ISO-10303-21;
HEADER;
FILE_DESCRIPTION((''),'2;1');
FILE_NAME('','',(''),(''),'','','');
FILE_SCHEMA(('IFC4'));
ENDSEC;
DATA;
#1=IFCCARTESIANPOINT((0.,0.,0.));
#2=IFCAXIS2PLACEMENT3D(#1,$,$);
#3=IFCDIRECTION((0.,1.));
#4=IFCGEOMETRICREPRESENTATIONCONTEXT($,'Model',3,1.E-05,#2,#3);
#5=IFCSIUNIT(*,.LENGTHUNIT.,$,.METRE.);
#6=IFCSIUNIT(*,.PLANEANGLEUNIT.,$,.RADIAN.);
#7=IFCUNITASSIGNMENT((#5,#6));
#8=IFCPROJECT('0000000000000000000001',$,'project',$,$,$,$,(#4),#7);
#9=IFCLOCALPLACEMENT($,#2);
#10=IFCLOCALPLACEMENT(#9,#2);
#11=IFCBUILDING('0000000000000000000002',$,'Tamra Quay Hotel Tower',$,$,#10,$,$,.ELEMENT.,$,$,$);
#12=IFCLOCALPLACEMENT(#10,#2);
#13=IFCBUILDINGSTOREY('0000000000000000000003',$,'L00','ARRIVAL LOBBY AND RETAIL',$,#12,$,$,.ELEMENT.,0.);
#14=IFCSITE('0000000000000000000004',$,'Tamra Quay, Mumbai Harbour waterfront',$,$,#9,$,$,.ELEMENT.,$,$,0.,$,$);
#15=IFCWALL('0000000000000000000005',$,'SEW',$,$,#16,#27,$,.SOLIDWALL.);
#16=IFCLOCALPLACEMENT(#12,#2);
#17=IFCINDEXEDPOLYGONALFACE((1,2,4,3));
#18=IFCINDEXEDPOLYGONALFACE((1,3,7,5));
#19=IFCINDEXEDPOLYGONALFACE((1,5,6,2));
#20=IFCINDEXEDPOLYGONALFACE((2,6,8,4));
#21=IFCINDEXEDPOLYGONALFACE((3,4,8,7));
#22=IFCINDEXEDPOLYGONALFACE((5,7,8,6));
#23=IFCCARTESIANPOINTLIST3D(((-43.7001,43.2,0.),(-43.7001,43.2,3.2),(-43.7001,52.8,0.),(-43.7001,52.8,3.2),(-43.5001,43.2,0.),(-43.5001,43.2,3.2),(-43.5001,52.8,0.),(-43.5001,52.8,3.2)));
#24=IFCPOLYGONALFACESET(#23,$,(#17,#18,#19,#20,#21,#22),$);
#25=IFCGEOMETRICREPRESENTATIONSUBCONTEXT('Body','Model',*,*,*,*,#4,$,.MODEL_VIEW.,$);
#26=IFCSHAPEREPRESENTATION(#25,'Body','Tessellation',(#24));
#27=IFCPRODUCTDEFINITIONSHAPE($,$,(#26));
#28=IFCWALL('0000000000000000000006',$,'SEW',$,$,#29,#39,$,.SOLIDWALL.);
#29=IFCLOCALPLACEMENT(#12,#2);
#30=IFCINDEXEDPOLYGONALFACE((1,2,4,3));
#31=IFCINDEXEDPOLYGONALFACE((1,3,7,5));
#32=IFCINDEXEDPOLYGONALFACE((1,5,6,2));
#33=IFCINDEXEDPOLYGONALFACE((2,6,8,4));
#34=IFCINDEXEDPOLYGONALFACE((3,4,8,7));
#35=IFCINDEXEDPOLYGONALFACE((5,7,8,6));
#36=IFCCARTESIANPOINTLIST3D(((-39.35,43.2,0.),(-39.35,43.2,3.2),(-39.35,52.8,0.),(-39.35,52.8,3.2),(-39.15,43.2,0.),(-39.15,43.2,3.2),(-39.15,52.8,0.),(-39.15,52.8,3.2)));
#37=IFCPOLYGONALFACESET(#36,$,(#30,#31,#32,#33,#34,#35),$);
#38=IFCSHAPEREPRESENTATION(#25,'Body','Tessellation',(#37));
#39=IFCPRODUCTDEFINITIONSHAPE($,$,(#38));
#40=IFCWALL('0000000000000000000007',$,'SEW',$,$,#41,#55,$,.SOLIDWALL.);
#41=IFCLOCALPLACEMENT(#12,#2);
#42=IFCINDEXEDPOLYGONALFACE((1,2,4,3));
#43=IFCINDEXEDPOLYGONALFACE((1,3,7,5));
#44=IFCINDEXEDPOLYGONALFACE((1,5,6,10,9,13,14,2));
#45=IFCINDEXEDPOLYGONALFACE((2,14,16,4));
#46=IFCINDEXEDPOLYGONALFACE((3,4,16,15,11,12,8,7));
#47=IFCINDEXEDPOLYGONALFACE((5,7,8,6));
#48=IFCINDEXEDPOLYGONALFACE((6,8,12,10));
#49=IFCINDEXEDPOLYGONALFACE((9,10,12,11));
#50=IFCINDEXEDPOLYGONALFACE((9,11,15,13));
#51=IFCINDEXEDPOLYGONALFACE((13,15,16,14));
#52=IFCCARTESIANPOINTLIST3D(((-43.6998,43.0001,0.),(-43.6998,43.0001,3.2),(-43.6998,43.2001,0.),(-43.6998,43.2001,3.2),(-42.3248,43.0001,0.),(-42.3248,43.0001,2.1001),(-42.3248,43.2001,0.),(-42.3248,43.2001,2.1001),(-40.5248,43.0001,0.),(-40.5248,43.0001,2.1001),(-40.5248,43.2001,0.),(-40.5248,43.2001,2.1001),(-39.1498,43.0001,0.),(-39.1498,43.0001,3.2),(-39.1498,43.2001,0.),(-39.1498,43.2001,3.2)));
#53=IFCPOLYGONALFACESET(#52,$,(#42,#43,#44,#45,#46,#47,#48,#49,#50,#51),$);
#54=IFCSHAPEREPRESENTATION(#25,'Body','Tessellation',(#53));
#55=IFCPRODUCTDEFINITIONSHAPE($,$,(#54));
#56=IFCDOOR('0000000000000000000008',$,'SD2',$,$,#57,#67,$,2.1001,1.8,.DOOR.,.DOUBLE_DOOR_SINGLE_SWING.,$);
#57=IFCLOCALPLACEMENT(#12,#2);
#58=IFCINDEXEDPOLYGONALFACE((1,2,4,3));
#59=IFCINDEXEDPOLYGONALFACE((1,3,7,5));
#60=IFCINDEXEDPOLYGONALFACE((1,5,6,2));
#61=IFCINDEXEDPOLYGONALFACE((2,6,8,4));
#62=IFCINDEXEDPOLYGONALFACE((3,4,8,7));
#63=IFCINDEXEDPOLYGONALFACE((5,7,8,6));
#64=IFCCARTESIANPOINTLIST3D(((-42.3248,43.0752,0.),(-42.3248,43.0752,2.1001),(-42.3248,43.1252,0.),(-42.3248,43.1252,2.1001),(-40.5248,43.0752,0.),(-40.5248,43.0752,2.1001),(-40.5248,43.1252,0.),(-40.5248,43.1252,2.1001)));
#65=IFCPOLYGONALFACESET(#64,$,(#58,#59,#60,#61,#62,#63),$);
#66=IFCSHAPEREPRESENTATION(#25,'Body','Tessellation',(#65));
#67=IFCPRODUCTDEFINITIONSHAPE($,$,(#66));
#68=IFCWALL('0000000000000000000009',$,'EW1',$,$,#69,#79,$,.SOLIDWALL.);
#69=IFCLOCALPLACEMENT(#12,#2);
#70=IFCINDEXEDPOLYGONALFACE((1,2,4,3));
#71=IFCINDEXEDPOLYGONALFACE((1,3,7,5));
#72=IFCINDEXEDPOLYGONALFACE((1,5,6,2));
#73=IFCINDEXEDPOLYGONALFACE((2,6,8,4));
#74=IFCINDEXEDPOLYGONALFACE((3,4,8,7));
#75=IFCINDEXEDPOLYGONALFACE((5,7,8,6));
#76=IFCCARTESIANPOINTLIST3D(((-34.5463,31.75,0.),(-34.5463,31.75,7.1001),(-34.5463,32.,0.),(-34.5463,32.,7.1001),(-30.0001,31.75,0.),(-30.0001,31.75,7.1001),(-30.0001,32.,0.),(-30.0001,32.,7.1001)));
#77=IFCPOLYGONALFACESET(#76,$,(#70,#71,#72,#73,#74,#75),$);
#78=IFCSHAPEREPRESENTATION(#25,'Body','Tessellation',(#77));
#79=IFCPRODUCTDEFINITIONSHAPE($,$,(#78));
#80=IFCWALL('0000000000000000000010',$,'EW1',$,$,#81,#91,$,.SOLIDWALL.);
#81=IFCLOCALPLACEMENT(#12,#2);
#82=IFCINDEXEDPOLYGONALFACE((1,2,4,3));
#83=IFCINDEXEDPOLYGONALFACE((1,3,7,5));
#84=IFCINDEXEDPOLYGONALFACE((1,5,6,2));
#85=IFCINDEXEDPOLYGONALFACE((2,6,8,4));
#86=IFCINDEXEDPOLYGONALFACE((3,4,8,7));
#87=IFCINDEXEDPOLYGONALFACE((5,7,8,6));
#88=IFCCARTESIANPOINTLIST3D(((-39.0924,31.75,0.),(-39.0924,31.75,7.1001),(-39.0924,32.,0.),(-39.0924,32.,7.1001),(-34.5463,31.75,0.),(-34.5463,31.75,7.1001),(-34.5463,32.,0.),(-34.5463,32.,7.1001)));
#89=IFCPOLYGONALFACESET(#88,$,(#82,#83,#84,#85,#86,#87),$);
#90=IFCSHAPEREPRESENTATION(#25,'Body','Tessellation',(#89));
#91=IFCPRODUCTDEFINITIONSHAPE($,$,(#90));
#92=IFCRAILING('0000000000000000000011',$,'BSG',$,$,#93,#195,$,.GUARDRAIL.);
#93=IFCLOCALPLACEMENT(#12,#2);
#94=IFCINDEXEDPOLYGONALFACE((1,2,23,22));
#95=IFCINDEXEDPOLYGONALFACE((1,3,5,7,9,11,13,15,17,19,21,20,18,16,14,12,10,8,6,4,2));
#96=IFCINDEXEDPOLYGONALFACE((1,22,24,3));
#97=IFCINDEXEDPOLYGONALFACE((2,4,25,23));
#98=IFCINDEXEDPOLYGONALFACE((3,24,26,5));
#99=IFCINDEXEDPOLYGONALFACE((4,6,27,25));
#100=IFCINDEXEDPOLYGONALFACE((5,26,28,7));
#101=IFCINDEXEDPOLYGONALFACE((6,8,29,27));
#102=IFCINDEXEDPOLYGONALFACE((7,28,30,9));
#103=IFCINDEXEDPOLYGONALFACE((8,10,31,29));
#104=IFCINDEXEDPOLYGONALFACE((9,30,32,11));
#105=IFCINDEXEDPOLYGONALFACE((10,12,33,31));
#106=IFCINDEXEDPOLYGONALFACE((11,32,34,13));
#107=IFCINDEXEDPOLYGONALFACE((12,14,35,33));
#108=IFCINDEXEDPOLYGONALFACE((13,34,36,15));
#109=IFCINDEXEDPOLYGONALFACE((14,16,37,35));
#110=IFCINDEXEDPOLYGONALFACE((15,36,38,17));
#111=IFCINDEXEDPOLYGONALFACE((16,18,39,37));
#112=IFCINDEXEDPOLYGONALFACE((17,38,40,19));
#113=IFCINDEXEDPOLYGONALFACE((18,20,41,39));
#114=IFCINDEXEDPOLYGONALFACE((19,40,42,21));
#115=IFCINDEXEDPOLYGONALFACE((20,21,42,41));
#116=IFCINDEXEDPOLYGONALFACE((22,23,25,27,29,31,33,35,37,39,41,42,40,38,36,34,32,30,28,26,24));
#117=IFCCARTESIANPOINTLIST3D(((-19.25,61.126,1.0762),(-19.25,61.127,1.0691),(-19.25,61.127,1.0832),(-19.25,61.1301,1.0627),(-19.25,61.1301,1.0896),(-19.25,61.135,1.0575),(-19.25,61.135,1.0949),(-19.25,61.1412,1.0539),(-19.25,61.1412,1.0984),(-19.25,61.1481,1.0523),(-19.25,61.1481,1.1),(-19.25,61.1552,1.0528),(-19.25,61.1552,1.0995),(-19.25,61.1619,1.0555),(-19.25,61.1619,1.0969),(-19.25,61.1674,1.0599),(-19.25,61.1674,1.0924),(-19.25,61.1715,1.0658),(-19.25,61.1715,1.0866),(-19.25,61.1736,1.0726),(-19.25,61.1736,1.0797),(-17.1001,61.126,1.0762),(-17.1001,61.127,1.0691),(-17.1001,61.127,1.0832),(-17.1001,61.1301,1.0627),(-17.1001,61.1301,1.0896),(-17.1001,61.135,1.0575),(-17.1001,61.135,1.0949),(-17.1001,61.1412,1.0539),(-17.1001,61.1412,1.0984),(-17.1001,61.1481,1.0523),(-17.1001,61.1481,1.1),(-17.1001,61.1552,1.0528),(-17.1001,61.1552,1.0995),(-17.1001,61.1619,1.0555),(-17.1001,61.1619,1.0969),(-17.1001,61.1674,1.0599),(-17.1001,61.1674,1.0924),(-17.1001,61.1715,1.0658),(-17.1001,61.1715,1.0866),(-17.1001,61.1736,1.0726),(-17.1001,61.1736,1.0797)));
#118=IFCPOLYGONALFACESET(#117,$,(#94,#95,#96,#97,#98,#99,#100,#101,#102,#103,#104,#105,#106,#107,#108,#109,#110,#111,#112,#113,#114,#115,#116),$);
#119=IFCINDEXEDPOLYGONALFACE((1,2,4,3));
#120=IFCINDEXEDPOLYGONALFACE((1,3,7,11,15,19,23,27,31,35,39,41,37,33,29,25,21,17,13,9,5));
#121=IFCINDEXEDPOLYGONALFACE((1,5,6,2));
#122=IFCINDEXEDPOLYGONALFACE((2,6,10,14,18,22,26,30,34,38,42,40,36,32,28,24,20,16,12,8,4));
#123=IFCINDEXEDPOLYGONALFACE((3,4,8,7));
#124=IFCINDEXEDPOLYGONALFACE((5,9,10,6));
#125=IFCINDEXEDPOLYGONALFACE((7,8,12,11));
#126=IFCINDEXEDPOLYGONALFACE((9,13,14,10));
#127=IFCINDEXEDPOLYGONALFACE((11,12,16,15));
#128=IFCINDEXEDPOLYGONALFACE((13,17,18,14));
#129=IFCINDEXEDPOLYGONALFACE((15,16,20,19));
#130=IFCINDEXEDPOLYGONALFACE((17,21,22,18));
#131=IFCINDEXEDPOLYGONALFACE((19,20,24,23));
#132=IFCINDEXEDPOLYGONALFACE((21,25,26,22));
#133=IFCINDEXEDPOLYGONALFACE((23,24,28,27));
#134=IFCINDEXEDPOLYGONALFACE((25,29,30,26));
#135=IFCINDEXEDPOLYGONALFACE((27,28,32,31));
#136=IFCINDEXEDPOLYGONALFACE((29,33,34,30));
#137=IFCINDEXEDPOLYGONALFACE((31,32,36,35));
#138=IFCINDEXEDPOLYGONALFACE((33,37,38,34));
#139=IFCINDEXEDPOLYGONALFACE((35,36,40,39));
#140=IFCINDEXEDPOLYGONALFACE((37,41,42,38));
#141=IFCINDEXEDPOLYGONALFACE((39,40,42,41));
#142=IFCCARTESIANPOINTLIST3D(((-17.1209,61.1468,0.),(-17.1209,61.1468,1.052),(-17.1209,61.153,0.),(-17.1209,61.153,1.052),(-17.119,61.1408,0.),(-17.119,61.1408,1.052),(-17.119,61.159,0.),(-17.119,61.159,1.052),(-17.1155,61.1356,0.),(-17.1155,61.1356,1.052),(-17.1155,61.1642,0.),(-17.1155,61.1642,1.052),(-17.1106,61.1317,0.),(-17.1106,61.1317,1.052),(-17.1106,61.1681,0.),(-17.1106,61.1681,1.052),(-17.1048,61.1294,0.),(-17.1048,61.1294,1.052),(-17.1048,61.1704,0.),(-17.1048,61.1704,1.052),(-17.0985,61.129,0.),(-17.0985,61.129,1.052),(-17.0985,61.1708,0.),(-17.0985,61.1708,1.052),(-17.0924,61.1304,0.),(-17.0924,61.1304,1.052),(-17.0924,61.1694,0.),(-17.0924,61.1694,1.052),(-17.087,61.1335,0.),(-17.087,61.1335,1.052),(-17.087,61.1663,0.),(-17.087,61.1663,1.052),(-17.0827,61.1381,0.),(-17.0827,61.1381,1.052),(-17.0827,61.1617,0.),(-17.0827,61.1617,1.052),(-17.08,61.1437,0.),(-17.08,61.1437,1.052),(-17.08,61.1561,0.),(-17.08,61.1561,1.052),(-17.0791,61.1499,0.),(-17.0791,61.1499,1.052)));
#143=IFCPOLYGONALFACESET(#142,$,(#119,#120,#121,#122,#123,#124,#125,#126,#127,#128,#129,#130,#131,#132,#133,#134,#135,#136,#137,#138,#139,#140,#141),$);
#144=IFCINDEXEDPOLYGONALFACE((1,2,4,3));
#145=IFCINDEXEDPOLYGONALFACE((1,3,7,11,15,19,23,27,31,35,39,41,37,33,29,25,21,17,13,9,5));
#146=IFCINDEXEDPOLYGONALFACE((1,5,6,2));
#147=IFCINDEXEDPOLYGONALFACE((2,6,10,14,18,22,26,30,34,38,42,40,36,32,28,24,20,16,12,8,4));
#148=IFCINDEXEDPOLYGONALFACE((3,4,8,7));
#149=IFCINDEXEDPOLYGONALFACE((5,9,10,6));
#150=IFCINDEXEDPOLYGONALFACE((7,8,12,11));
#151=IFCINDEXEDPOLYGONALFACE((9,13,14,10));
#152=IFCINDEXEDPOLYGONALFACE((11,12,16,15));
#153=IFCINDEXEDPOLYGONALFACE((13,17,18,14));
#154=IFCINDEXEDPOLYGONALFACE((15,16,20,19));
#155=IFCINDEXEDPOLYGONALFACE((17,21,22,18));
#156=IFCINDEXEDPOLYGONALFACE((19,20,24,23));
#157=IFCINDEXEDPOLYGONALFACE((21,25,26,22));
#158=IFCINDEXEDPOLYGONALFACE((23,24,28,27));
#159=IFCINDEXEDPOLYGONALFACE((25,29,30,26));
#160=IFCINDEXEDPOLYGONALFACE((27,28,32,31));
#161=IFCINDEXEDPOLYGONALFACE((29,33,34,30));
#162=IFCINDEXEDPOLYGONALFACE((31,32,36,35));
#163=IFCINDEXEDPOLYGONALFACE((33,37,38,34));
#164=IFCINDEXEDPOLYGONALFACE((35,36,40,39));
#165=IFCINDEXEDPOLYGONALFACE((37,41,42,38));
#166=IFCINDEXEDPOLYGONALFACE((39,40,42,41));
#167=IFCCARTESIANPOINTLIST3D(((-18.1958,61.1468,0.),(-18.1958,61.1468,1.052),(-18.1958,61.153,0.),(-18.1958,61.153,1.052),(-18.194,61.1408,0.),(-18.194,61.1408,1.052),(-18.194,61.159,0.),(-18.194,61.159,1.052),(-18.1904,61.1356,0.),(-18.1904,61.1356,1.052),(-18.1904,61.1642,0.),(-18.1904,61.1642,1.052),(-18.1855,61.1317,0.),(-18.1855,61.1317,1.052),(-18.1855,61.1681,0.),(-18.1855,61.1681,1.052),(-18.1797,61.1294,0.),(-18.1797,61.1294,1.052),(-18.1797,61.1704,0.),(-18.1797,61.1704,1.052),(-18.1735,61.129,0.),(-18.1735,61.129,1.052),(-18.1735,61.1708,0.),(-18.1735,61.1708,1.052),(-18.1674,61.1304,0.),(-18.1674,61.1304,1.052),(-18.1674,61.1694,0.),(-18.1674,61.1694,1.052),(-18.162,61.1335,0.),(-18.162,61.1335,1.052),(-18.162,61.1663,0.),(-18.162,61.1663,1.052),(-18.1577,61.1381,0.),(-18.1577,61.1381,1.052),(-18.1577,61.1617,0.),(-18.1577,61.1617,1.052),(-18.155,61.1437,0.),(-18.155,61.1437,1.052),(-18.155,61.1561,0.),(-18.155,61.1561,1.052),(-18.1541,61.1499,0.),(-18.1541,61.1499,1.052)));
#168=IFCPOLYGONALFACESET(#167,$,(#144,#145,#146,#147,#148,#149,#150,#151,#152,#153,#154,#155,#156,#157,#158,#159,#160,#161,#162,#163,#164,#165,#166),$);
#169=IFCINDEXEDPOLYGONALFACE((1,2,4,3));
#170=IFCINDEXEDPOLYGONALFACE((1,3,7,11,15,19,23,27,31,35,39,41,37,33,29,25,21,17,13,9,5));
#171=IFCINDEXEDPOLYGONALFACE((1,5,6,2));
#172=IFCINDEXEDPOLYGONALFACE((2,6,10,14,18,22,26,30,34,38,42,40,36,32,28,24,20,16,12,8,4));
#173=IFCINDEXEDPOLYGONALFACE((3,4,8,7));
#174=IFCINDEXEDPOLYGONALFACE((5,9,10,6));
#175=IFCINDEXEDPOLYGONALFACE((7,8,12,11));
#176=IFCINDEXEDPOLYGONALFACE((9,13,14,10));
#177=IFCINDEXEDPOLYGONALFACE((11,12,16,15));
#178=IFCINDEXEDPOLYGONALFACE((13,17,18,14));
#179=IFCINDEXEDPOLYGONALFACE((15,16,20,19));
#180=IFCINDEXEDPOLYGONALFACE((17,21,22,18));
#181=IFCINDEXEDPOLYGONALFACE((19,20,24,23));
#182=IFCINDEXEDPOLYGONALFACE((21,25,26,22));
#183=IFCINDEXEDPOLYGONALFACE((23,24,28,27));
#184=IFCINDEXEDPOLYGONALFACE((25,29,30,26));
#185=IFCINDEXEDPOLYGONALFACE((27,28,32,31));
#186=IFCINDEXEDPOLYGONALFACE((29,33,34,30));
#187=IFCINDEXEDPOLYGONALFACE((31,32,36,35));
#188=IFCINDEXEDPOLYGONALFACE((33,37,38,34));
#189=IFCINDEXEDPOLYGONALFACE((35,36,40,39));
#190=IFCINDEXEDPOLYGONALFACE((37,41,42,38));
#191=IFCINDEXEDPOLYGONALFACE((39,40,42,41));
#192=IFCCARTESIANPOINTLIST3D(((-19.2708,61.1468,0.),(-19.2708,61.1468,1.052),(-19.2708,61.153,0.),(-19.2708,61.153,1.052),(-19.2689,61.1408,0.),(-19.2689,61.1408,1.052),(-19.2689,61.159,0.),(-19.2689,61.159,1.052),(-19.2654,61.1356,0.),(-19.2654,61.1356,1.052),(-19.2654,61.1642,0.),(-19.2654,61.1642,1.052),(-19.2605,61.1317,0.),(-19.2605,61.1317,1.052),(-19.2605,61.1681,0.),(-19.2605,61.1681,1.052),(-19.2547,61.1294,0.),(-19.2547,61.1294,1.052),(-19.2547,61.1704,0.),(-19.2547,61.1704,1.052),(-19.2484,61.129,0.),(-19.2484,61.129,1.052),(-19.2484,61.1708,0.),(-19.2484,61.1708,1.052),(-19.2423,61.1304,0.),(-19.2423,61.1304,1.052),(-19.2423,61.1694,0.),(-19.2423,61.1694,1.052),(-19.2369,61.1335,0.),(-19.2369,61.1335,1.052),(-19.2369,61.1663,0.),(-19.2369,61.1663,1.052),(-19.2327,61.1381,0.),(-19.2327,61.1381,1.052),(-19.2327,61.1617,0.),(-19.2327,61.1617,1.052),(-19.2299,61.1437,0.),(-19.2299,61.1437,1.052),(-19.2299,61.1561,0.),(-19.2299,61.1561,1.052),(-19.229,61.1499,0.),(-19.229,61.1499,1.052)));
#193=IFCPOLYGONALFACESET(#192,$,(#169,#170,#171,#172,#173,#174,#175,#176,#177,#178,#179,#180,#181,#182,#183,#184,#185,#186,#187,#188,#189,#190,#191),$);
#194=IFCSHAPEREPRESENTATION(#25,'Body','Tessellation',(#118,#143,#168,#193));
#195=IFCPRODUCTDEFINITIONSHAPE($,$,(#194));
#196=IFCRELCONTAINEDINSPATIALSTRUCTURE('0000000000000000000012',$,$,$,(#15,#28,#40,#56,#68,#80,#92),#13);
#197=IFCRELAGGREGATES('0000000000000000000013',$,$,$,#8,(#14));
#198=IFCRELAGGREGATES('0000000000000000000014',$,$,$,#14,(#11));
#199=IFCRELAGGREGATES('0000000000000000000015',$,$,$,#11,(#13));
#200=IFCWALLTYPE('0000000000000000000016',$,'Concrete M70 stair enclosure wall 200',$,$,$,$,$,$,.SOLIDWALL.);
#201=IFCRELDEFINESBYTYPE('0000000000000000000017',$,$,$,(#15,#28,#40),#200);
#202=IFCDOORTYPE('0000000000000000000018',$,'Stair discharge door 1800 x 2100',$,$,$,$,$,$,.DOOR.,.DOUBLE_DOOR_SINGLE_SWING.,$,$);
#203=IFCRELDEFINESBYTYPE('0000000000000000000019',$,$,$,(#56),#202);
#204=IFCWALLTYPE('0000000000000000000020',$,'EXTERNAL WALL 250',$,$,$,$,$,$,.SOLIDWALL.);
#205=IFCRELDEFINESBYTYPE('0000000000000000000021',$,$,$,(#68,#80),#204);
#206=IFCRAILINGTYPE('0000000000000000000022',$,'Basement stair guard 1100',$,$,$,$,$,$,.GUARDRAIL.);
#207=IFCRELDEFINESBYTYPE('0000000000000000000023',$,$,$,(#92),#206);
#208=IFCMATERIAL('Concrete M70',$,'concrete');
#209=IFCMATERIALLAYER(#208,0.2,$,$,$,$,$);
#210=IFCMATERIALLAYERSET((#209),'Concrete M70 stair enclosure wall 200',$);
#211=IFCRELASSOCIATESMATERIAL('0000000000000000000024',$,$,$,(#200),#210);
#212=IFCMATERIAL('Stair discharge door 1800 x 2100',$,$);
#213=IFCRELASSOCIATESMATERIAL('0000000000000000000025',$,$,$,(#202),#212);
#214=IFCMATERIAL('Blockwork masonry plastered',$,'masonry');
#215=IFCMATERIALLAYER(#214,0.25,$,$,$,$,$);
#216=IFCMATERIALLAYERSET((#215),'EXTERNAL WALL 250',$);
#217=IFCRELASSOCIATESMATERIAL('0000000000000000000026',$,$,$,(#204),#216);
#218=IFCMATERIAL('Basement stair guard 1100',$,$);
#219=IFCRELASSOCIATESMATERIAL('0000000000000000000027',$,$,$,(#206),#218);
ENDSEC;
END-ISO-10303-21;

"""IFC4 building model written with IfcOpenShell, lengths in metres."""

from ifc_helpers import new_model, si_unit, direction, frame, frame_2d, origin, origin_2d, place, context, subcontext, project, spatial, rectangle, circle, extrude, material, layer, layer_set, type_object, element, fill, save


model = new_model("IFC4")

# Units and contexts
model_context = context("Model", 3, precision=1e-05, world=origin(), true_north=direction((0.0, 1.0)))
body_context = subcontext(model_context, "Body", "Model", "MODEL_VIEW")
ifc_project = project(units=[si_unit("LENGTHUNIT", "METRE"), si_unit("PLANEANGLEUNIT", "RADIAN")], contexts=[model_context])

# Site, building, storey
site_placement = place(None, origin())
site = spatial("IfcSite", under=ifc_project, at=site_placement, Name="Tamra Quay, Mumbai Harbour waterfront", CompositionType="ELEMENT", RefElevation=0.0)
building_placement = place(site_placement, origin())
building = spatial("IfcBuilding", under=site, at=building_placement, Name="Tamra Quay Hotel Tower", CompositionType="ELEMENT")
storey_placement = place(building_placement, origin())
storey = spatial("IfcBuildingStorey", under=building, at=storey_placement, Name="L00", Description="ARRIVAL LOBBY AND RETAIL", CompositionType="ELEMENT", Elevation=0.0)

# Shared definitions
ifc_material_1 = material(Name="Concrete M70", Category="concrete")
ifc_layer_1 = layer(ifc_material_1, 0.2)
ifc_layer_set_1 = layer_set([ifc_layer_1], Name="Concrete M70 stair enclosure wall 200")
wall_type_1 = type_object("IfcWallType", Name="Concrete M70 stair enclosure wall 200", PredefinedType="SOLIDWALL", material=ifc_layer_set_1)

# Shared definitions
ifc_material_2 = material(Name="Stair discharge door 1800 x 2100")
door_type = type_object("IfcDoorType", Name="Stair discharge door 1800 x 2100", OperationType="DOUBLE_DOOR_SINGLE_SWING", PredefinedType="DOOR", material=ifc_material_2)

# Walls
for number, where, z_axis, x_axis, name in (
    (1, (-43.6001, 43.2, 0.0), (0.0, 0.0, 1.0), (0.0, 1.0, 0.0), "SEW"),
    (2, (-39.25, 43.2, 0.0), (0.0, 0.0, 1.0), (0.0, 1.0, 0.0), "SEW"),
):
    element("IfcWall", number, at=place(storey_placement, frame(where, z_axis=z_axis, x_axis=x_axis)), inside=storey, type_object=wall_type_1, Name=name, PredefinedType="SOLIDWALL", context=body_context, shape_type="SweptSolid", body=[
        extrude(rectangle(XDim=9.6001, YDim=0.2, at=frame_2d((4.8, 0.0))), origin(), (0.0, 0.0, 1.0), 3.2),
    ])

# Wall, opening, door
wall_1_placement = place(storey_placement, frame((-39.1499, 43.1001, 0.0), z_axis=(0.0, 0.0, 1.0), x_axis=(-1.0, 0.0, 0.0)))
wall_1 = element("IfcWall", 3, at=wall_1_placement, inside=storey, type_object=wall_type_1, Name="SEW", PredefinedType="SOLIDWALL", context=body_context, shape_type="SweptSolid", body=[
    extrude(rectangle(XDim=4.55, YDim=0.2, at=frame_2d((2.2749, 0.0))), origin(), (0.0, 0.0, 1.0), 3.2),
])
opening_1_placement = place(wall_1_placement, frame((1.375, 0.0, 0.0)))
opening_1 = element("IfcOpeningElement", 4, at=opening_1_placement, cuts=wall_1, PredefinedType="OPENING", context=body_context, shape_type="SweptSolid", body=[
    extrude(rectangle(XDim=1.8, YDim=2.1001, at=frame_2d((0.8999, 1.05))), frame((0.0, 0.1099, 0.0), z_axis=(0.0, -1.0, 0.0), x_axis=(1.0, 0.0, 0.0)), (0.0, 0.0, 1.0), 0.22),
])
door_1_placement = place(opening_1_placement, origin())
door_1 = element("IfcDoor", 5, at=door_1_placement, inside=storey, type_object=door_type, Name="SD2", OperationType="DOUBLE_DOOR_SINGLE_SWING", OverallHeight=2.1001, OverallWidth=1.8, PredefinedType="DOOR", context=body_context, shape_type="SweptSolid", body=[
    extrude(rectangle(XDim=1.8, YDim=2.1001, at=frame_2d((0.8999, 1.05))), frame((0.0, 0.0249, 0.0), z_axis=(0.0, -1.0, 0.0), x_axis=(1.0, 0.0, 0.0)), (0.0, 0.0, 1.0), 0.05),
])
fill(opening_1, door_1)

# Walls
ifc_material_3 = material(Name="Blockwork masonry plastered", Category="masonry")
ifc_layer_2 = layer(ifc_material_3, 0.25)
ifc_layer_set_2 = layer_set([ifc_layer_2], Name="EXTERNAL WALL 250")
wall_type_2 = type_object("IfcWallType", Name="EXTERNAL WALL 250", PredefinedType="SOLIDWALL", material=ifc_layer_set_2)
for number, where, z_axis, x_axis, name in (
    (6, (-34.5461, 31.875, 0.0), (0.0, 0.0, 1.0), (1.0, 0.0, 0.0), "EW1"),
    (7, (-39.0923, 31.875, 0.0), (0.0, 0.0, 1.0), (1.0, 0.0, 0.0), "EW1"),
):
    element("IfcWall", number, at=place(storey_placement, frame(where, z_axis=z_axis, x_axis=x_axis)), inside=storey, type_object=wall_type_2, Name=name, PredefinedType="SOLIDWALL", context=body_context, shape_type="SweptSolid", body=[
        extrude(rectangle(XDim=4.5461, YDim=0.25, at=frame_2d((2.2729, 0.0))), origin(), (0.0, 0.0, 1.0), 7.1001),
    ])

# Railing
ifc_material_4 = material(Name="Basement stair guard 1100")
railing_type = type_object("IfcRailingType", Name="Basement stair guard 1100", PredefinedType="GUARDRAIL", material=ifc_material_4)
for number, where, name in (
    (8, (-17.1001, 61.1499, 0.0), "BSG"),
):
    element("IfcRailing", number, at=place(storey_placement, frame(where)), inside=storey, type_object=railing_type, Name=name, PredefinedType="GUARDRAIL", context=body_context, shape_type="SweptSolid", body=[
        extrude(circle(Radius=0.0239, at=origin_2d()), frame((0.0, 0.0, 1.0762), z_axis=(-1.0, 0.0, 0.0), x_axis=(0.0, -1.0, 0.0)), (0.0, 0.0, 1.0), 2.1499),
        extrude(circle(Radius=0.021, at=origin_2d()), origin(), (0.0, 0.0, 1.0), 1.052),
        extrude(circle(Radius=0.021, at=origin_2d()), frame((-1.075, 0.0, 0.0)), (0.0, 0.0, 1.0), 1.052),
        extrude(circle(Radius=0.021, at=origin_2d()), frame((-2.1499, 0.0, 0.0)), (0.0, 0.0, 1.0), 1.052),
    ])

save(model, "model.ifc")
